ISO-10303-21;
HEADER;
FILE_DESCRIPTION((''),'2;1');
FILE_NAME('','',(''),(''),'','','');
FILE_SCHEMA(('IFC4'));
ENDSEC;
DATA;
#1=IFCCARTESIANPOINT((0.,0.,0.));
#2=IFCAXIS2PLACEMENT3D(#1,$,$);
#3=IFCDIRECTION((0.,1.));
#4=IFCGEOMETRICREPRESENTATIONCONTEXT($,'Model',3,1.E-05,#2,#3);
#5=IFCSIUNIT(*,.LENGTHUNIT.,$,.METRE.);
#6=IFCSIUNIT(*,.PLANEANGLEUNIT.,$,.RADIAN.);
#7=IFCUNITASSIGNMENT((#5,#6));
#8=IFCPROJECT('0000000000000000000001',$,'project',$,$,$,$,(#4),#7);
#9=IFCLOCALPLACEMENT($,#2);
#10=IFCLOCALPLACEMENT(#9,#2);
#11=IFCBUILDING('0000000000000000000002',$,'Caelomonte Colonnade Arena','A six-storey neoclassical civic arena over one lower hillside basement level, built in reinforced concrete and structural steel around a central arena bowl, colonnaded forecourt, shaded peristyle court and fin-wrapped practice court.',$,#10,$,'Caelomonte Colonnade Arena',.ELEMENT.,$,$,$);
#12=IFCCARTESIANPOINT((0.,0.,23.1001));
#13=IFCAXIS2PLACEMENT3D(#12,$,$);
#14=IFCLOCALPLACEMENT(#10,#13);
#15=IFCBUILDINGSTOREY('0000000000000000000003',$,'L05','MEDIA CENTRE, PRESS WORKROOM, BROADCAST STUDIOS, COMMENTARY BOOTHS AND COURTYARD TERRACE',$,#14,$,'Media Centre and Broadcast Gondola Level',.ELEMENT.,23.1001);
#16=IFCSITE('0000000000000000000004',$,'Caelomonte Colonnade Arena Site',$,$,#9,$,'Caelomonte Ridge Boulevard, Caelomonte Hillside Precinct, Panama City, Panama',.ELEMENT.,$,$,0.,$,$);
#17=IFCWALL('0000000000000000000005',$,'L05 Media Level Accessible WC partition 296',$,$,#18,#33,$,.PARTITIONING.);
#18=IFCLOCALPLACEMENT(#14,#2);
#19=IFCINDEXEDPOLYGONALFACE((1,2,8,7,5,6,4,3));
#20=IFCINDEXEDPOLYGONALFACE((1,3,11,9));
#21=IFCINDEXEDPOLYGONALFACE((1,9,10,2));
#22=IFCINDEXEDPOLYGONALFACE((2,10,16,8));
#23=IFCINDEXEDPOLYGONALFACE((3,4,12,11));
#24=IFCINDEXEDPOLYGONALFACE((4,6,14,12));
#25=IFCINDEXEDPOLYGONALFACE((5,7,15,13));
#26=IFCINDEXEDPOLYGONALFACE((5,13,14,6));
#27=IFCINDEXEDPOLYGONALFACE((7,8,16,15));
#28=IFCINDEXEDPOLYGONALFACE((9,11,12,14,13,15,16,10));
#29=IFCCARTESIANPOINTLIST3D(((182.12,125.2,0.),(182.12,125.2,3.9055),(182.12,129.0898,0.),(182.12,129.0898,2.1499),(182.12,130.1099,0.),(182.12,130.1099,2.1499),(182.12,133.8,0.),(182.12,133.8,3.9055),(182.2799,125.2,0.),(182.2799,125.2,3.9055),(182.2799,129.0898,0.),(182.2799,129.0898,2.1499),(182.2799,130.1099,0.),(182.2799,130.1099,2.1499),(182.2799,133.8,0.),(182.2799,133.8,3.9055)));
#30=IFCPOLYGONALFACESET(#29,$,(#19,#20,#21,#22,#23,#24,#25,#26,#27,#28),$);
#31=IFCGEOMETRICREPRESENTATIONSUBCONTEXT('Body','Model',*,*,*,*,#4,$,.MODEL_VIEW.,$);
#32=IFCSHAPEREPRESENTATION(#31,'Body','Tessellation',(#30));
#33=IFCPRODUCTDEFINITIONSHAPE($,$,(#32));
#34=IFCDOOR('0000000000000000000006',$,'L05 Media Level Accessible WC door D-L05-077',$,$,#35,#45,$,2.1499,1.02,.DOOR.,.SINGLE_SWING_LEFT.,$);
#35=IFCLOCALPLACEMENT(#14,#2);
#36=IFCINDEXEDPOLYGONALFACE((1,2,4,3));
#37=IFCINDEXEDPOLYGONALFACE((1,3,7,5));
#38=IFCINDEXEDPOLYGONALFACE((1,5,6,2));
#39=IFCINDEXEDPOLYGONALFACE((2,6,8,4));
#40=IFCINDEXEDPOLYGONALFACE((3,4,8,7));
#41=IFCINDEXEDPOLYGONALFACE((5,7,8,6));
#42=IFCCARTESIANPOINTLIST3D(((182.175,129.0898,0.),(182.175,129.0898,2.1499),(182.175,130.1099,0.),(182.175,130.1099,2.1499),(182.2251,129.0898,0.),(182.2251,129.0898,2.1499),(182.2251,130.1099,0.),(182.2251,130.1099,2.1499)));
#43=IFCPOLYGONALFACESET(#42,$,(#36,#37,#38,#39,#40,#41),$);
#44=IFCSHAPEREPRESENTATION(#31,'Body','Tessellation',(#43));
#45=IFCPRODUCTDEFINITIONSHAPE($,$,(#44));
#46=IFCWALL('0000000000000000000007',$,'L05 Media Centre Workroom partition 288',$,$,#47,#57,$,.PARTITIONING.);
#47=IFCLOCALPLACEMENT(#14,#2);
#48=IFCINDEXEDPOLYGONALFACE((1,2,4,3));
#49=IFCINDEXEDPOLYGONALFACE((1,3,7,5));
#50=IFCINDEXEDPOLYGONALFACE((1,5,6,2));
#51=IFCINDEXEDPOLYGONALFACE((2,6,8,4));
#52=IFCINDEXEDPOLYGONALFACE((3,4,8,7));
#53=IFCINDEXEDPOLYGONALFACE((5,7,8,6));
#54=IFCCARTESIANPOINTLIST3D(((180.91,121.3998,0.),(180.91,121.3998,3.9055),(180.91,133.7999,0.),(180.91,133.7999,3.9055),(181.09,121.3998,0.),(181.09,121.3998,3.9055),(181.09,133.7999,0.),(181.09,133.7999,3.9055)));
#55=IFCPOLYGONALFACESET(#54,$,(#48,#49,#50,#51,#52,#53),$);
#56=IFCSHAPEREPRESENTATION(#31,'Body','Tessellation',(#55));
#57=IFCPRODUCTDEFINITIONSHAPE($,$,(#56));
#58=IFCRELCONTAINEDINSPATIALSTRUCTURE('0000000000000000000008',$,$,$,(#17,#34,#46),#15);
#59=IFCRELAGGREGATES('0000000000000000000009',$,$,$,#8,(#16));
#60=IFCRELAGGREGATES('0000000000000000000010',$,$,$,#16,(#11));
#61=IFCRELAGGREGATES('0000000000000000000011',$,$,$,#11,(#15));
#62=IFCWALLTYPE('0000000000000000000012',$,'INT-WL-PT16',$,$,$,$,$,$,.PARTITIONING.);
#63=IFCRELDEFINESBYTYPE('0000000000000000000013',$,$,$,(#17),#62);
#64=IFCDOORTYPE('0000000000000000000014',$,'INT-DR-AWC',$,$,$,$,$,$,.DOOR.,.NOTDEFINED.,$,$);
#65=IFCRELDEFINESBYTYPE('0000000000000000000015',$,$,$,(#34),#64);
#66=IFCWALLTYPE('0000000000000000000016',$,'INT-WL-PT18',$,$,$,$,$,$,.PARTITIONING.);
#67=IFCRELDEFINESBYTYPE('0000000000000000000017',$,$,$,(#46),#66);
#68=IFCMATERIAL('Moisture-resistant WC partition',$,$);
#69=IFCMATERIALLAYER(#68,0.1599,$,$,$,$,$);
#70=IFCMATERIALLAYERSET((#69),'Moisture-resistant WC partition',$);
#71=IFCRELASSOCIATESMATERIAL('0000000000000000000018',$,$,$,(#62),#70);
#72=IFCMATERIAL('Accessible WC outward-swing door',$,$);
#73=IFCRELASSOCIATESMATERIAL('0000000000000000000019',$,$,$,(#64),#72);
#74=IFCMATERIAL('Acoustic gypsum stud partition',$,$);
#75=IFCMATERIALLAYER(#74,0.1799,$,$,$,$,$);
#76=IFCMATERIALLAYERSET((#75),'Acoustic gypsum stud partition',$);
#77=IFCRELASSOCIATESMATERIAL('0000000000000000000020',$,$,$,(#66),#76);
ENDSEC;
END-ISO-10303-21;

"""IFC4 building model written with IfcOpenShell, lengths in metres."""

from ifc_helpers import new_model, si_unit, direction, frame, frame_2d, origin, place, context, subcontext, project, spatial, rectangle, extrude, material, layer, layer_set, type_object, element, fill, save


model = new_model("IFC4")

# Units and contexts
model_context = context("Model", 3, precision=1e-05, world=origin(), true_north=direction((0.0, 1.0)))
body_context = subcontext(model_context, "Body", "Model", "MODEL_VIEW")
ifc_project = project(units=[si_unit("LENGTHUNIT", "METRE"), si_unit("PLANEANGLEUNIT", "RADIAN")], contexts=[model_context])

# Site, building, storey
site_placement = place(None, origin())
site = spatial("IfcSite", under=ifc_project, at=site_placement, Name="Caelomonte Colonnade Arena Site", LongName="Caelomonte Ridge Boulevard, Caelomonte Hillside Precinct, Panama City, Panama", CompositionType="ELEMENT", RefElevation=0.0)
building_placement = place(site_placement, origin())
building = spatial("IfcBuilding", under=site, at=building_placement, Name="Caelomonte Colonnade Arena", Description="A six-storey neoclassical civic arena over one lower hillside basement level, built in reinforced concrete and structural steel around a central arena bowl, colonnaded forecourt, shaded peristyle court and fin-wrapped practice court.", LongName="Caelomonte Colonnade Arena", CompositionType="ELEMENT")
storey_placement = place(building_placement, frame((0.0, 0.0, 23.1001)))
storey = spatial("IfcBuildingStorey", under=building, at=storey_placement, Name="L05", Description="MEDIA CENTRE, PRESS WORKROOM, BROADCAST STUDIOS, COMMENTARY BOOTHS AND COURTYARD TERRACE", LongName="Media Centre and Broadcast Gondola Level", CompositionType="ELEMENT", Elevation=23.1001)

# Shared definitions
ifc_material_1 = material(Name="Moisture-resistant WC partition")
ifc_layer_1 = layer(ifc_material_1, 0.1599)
ifc_layer_set_1 = layer_set([ifc_layer_1], Name="Moisture-resistant WC partition")
wall_type_1 = type_object("IfcWallType", Name="INT-WL-PT16", PredefinedType="PARTITIONING", material=ifc_layer_set_1)

# Wall, opening, door
wall_1_placement = place(storey_placement, frame((182.2, 125.2, 0.0), z_axis=(0.0, 0.0, 1.0), x_axis=(0.0, 1.0, 0.0)))
wall_1 = element("IfcWall", 1, at=wall_1_placement, inside=storey, type_object=wall_type_1, Name="L05 Media Level Accessible WC partition 296", PredefinedType="PARTITIONING", context=body_context, shape_type="SweptSolid", body=[
    extrude(rectangle(XDim=8.6001, YDim=0.1599, at=frame_2d((4.3, 0.0))), origin(), (0.0, 0.0, 1.0), 3.9055),
])
opening_1_placement = place(wall_1_placement, frame((3.8899, 0.0, 0.0), z_axis=(0.0, 0.0, 1.0), x_axis=(1.0, 0.0, 0.0)))
opening_1 = element("IfcOpeningElement", 2, at=opening_1_placement, cuts=wall_1, PredefinedType="OPENING", context=body_context, shape_type="SweptSolid", body=[
    extrude(rectangle(XDim=1.02, YDim=2.1499, at=frame_2d((0.51, 1.075))), frame((0.0, 0.0898, 0.0), z_axis=(0.0, -1.0, 0.0), x_axis=(1.0, 0.0, 0.0)), (0.0, 0.0, 1.0), 0.1799),
])
ifc_material_2 = material(Name="Accessible WC outward-swing door")
door_type = type_object("IfcDoorType", Name="INT-DR-AWC", OperationType="NOTDEFINED", PredefinedType="DOOR", material=ifc_material_2)
door_placement = place(opening_1_placement, origin())
door = element("IfcDoor", 3, at=door_placement, inside=storey, type_object=door_type, Name="L05 Media Level Accessible WC door D-L05-077", OperationType="SINGLE_SWING_LEFT", OverallHeight=2.1499, OverallWidth=1.02, PredefinedType="DOOR", context=body_context, shape_type="SweptSolid", body=[
    extrude(rectangle(XDim=1.02, YDim=2.1499, at=frame_2d((0.51, 1.075))), frame((0.0, 0.0249, 0.0), z_axis=(0.0, -1.0, 0.0), x_axis=(1.0, 0.0, 0.0)), (0.0, 0.0, 1.0), 0.05),
])
fill(opening_1, door)

# Wall
ifc_material_3 = material(Name="Acoustic gypsum stud partition")
ifc_layer_2 = layer(ifc_material_3, 0.1799)
ifc_layer_set_2 = layer_set([ifc_layer_2], Name="Acoustic gypsum stud partition")
wall_type_2 = type_object("IfcWallType", Name="INT-WL-PT18", PredefinedType="PARTITIONING", material=ifc_layer_set_2)
wall_2_placement = place(storey_placement, frame((181.0, 133.8, 0.0), z_axis=(0.0, 0.0, 1.0), x_axis=(0.0, -1.0, 0.0)))
element("IfcWall", 4, at=wall_2_placement, inside=storey, type_object=wall_type_2, Name="L05 Media Centre Workroom partition 288", PredefinedType="PARTITIONING", context=body_context, shape_type="SweptSolid", body=[
    extrude(rectangle(XDim=12.4001, YDim=0.1799, at=frame_2d((6.2002, 0.0))), origin(), (0.0, 0.0, 1.0), 3.9055),
])

save(model, "model.ifc")
